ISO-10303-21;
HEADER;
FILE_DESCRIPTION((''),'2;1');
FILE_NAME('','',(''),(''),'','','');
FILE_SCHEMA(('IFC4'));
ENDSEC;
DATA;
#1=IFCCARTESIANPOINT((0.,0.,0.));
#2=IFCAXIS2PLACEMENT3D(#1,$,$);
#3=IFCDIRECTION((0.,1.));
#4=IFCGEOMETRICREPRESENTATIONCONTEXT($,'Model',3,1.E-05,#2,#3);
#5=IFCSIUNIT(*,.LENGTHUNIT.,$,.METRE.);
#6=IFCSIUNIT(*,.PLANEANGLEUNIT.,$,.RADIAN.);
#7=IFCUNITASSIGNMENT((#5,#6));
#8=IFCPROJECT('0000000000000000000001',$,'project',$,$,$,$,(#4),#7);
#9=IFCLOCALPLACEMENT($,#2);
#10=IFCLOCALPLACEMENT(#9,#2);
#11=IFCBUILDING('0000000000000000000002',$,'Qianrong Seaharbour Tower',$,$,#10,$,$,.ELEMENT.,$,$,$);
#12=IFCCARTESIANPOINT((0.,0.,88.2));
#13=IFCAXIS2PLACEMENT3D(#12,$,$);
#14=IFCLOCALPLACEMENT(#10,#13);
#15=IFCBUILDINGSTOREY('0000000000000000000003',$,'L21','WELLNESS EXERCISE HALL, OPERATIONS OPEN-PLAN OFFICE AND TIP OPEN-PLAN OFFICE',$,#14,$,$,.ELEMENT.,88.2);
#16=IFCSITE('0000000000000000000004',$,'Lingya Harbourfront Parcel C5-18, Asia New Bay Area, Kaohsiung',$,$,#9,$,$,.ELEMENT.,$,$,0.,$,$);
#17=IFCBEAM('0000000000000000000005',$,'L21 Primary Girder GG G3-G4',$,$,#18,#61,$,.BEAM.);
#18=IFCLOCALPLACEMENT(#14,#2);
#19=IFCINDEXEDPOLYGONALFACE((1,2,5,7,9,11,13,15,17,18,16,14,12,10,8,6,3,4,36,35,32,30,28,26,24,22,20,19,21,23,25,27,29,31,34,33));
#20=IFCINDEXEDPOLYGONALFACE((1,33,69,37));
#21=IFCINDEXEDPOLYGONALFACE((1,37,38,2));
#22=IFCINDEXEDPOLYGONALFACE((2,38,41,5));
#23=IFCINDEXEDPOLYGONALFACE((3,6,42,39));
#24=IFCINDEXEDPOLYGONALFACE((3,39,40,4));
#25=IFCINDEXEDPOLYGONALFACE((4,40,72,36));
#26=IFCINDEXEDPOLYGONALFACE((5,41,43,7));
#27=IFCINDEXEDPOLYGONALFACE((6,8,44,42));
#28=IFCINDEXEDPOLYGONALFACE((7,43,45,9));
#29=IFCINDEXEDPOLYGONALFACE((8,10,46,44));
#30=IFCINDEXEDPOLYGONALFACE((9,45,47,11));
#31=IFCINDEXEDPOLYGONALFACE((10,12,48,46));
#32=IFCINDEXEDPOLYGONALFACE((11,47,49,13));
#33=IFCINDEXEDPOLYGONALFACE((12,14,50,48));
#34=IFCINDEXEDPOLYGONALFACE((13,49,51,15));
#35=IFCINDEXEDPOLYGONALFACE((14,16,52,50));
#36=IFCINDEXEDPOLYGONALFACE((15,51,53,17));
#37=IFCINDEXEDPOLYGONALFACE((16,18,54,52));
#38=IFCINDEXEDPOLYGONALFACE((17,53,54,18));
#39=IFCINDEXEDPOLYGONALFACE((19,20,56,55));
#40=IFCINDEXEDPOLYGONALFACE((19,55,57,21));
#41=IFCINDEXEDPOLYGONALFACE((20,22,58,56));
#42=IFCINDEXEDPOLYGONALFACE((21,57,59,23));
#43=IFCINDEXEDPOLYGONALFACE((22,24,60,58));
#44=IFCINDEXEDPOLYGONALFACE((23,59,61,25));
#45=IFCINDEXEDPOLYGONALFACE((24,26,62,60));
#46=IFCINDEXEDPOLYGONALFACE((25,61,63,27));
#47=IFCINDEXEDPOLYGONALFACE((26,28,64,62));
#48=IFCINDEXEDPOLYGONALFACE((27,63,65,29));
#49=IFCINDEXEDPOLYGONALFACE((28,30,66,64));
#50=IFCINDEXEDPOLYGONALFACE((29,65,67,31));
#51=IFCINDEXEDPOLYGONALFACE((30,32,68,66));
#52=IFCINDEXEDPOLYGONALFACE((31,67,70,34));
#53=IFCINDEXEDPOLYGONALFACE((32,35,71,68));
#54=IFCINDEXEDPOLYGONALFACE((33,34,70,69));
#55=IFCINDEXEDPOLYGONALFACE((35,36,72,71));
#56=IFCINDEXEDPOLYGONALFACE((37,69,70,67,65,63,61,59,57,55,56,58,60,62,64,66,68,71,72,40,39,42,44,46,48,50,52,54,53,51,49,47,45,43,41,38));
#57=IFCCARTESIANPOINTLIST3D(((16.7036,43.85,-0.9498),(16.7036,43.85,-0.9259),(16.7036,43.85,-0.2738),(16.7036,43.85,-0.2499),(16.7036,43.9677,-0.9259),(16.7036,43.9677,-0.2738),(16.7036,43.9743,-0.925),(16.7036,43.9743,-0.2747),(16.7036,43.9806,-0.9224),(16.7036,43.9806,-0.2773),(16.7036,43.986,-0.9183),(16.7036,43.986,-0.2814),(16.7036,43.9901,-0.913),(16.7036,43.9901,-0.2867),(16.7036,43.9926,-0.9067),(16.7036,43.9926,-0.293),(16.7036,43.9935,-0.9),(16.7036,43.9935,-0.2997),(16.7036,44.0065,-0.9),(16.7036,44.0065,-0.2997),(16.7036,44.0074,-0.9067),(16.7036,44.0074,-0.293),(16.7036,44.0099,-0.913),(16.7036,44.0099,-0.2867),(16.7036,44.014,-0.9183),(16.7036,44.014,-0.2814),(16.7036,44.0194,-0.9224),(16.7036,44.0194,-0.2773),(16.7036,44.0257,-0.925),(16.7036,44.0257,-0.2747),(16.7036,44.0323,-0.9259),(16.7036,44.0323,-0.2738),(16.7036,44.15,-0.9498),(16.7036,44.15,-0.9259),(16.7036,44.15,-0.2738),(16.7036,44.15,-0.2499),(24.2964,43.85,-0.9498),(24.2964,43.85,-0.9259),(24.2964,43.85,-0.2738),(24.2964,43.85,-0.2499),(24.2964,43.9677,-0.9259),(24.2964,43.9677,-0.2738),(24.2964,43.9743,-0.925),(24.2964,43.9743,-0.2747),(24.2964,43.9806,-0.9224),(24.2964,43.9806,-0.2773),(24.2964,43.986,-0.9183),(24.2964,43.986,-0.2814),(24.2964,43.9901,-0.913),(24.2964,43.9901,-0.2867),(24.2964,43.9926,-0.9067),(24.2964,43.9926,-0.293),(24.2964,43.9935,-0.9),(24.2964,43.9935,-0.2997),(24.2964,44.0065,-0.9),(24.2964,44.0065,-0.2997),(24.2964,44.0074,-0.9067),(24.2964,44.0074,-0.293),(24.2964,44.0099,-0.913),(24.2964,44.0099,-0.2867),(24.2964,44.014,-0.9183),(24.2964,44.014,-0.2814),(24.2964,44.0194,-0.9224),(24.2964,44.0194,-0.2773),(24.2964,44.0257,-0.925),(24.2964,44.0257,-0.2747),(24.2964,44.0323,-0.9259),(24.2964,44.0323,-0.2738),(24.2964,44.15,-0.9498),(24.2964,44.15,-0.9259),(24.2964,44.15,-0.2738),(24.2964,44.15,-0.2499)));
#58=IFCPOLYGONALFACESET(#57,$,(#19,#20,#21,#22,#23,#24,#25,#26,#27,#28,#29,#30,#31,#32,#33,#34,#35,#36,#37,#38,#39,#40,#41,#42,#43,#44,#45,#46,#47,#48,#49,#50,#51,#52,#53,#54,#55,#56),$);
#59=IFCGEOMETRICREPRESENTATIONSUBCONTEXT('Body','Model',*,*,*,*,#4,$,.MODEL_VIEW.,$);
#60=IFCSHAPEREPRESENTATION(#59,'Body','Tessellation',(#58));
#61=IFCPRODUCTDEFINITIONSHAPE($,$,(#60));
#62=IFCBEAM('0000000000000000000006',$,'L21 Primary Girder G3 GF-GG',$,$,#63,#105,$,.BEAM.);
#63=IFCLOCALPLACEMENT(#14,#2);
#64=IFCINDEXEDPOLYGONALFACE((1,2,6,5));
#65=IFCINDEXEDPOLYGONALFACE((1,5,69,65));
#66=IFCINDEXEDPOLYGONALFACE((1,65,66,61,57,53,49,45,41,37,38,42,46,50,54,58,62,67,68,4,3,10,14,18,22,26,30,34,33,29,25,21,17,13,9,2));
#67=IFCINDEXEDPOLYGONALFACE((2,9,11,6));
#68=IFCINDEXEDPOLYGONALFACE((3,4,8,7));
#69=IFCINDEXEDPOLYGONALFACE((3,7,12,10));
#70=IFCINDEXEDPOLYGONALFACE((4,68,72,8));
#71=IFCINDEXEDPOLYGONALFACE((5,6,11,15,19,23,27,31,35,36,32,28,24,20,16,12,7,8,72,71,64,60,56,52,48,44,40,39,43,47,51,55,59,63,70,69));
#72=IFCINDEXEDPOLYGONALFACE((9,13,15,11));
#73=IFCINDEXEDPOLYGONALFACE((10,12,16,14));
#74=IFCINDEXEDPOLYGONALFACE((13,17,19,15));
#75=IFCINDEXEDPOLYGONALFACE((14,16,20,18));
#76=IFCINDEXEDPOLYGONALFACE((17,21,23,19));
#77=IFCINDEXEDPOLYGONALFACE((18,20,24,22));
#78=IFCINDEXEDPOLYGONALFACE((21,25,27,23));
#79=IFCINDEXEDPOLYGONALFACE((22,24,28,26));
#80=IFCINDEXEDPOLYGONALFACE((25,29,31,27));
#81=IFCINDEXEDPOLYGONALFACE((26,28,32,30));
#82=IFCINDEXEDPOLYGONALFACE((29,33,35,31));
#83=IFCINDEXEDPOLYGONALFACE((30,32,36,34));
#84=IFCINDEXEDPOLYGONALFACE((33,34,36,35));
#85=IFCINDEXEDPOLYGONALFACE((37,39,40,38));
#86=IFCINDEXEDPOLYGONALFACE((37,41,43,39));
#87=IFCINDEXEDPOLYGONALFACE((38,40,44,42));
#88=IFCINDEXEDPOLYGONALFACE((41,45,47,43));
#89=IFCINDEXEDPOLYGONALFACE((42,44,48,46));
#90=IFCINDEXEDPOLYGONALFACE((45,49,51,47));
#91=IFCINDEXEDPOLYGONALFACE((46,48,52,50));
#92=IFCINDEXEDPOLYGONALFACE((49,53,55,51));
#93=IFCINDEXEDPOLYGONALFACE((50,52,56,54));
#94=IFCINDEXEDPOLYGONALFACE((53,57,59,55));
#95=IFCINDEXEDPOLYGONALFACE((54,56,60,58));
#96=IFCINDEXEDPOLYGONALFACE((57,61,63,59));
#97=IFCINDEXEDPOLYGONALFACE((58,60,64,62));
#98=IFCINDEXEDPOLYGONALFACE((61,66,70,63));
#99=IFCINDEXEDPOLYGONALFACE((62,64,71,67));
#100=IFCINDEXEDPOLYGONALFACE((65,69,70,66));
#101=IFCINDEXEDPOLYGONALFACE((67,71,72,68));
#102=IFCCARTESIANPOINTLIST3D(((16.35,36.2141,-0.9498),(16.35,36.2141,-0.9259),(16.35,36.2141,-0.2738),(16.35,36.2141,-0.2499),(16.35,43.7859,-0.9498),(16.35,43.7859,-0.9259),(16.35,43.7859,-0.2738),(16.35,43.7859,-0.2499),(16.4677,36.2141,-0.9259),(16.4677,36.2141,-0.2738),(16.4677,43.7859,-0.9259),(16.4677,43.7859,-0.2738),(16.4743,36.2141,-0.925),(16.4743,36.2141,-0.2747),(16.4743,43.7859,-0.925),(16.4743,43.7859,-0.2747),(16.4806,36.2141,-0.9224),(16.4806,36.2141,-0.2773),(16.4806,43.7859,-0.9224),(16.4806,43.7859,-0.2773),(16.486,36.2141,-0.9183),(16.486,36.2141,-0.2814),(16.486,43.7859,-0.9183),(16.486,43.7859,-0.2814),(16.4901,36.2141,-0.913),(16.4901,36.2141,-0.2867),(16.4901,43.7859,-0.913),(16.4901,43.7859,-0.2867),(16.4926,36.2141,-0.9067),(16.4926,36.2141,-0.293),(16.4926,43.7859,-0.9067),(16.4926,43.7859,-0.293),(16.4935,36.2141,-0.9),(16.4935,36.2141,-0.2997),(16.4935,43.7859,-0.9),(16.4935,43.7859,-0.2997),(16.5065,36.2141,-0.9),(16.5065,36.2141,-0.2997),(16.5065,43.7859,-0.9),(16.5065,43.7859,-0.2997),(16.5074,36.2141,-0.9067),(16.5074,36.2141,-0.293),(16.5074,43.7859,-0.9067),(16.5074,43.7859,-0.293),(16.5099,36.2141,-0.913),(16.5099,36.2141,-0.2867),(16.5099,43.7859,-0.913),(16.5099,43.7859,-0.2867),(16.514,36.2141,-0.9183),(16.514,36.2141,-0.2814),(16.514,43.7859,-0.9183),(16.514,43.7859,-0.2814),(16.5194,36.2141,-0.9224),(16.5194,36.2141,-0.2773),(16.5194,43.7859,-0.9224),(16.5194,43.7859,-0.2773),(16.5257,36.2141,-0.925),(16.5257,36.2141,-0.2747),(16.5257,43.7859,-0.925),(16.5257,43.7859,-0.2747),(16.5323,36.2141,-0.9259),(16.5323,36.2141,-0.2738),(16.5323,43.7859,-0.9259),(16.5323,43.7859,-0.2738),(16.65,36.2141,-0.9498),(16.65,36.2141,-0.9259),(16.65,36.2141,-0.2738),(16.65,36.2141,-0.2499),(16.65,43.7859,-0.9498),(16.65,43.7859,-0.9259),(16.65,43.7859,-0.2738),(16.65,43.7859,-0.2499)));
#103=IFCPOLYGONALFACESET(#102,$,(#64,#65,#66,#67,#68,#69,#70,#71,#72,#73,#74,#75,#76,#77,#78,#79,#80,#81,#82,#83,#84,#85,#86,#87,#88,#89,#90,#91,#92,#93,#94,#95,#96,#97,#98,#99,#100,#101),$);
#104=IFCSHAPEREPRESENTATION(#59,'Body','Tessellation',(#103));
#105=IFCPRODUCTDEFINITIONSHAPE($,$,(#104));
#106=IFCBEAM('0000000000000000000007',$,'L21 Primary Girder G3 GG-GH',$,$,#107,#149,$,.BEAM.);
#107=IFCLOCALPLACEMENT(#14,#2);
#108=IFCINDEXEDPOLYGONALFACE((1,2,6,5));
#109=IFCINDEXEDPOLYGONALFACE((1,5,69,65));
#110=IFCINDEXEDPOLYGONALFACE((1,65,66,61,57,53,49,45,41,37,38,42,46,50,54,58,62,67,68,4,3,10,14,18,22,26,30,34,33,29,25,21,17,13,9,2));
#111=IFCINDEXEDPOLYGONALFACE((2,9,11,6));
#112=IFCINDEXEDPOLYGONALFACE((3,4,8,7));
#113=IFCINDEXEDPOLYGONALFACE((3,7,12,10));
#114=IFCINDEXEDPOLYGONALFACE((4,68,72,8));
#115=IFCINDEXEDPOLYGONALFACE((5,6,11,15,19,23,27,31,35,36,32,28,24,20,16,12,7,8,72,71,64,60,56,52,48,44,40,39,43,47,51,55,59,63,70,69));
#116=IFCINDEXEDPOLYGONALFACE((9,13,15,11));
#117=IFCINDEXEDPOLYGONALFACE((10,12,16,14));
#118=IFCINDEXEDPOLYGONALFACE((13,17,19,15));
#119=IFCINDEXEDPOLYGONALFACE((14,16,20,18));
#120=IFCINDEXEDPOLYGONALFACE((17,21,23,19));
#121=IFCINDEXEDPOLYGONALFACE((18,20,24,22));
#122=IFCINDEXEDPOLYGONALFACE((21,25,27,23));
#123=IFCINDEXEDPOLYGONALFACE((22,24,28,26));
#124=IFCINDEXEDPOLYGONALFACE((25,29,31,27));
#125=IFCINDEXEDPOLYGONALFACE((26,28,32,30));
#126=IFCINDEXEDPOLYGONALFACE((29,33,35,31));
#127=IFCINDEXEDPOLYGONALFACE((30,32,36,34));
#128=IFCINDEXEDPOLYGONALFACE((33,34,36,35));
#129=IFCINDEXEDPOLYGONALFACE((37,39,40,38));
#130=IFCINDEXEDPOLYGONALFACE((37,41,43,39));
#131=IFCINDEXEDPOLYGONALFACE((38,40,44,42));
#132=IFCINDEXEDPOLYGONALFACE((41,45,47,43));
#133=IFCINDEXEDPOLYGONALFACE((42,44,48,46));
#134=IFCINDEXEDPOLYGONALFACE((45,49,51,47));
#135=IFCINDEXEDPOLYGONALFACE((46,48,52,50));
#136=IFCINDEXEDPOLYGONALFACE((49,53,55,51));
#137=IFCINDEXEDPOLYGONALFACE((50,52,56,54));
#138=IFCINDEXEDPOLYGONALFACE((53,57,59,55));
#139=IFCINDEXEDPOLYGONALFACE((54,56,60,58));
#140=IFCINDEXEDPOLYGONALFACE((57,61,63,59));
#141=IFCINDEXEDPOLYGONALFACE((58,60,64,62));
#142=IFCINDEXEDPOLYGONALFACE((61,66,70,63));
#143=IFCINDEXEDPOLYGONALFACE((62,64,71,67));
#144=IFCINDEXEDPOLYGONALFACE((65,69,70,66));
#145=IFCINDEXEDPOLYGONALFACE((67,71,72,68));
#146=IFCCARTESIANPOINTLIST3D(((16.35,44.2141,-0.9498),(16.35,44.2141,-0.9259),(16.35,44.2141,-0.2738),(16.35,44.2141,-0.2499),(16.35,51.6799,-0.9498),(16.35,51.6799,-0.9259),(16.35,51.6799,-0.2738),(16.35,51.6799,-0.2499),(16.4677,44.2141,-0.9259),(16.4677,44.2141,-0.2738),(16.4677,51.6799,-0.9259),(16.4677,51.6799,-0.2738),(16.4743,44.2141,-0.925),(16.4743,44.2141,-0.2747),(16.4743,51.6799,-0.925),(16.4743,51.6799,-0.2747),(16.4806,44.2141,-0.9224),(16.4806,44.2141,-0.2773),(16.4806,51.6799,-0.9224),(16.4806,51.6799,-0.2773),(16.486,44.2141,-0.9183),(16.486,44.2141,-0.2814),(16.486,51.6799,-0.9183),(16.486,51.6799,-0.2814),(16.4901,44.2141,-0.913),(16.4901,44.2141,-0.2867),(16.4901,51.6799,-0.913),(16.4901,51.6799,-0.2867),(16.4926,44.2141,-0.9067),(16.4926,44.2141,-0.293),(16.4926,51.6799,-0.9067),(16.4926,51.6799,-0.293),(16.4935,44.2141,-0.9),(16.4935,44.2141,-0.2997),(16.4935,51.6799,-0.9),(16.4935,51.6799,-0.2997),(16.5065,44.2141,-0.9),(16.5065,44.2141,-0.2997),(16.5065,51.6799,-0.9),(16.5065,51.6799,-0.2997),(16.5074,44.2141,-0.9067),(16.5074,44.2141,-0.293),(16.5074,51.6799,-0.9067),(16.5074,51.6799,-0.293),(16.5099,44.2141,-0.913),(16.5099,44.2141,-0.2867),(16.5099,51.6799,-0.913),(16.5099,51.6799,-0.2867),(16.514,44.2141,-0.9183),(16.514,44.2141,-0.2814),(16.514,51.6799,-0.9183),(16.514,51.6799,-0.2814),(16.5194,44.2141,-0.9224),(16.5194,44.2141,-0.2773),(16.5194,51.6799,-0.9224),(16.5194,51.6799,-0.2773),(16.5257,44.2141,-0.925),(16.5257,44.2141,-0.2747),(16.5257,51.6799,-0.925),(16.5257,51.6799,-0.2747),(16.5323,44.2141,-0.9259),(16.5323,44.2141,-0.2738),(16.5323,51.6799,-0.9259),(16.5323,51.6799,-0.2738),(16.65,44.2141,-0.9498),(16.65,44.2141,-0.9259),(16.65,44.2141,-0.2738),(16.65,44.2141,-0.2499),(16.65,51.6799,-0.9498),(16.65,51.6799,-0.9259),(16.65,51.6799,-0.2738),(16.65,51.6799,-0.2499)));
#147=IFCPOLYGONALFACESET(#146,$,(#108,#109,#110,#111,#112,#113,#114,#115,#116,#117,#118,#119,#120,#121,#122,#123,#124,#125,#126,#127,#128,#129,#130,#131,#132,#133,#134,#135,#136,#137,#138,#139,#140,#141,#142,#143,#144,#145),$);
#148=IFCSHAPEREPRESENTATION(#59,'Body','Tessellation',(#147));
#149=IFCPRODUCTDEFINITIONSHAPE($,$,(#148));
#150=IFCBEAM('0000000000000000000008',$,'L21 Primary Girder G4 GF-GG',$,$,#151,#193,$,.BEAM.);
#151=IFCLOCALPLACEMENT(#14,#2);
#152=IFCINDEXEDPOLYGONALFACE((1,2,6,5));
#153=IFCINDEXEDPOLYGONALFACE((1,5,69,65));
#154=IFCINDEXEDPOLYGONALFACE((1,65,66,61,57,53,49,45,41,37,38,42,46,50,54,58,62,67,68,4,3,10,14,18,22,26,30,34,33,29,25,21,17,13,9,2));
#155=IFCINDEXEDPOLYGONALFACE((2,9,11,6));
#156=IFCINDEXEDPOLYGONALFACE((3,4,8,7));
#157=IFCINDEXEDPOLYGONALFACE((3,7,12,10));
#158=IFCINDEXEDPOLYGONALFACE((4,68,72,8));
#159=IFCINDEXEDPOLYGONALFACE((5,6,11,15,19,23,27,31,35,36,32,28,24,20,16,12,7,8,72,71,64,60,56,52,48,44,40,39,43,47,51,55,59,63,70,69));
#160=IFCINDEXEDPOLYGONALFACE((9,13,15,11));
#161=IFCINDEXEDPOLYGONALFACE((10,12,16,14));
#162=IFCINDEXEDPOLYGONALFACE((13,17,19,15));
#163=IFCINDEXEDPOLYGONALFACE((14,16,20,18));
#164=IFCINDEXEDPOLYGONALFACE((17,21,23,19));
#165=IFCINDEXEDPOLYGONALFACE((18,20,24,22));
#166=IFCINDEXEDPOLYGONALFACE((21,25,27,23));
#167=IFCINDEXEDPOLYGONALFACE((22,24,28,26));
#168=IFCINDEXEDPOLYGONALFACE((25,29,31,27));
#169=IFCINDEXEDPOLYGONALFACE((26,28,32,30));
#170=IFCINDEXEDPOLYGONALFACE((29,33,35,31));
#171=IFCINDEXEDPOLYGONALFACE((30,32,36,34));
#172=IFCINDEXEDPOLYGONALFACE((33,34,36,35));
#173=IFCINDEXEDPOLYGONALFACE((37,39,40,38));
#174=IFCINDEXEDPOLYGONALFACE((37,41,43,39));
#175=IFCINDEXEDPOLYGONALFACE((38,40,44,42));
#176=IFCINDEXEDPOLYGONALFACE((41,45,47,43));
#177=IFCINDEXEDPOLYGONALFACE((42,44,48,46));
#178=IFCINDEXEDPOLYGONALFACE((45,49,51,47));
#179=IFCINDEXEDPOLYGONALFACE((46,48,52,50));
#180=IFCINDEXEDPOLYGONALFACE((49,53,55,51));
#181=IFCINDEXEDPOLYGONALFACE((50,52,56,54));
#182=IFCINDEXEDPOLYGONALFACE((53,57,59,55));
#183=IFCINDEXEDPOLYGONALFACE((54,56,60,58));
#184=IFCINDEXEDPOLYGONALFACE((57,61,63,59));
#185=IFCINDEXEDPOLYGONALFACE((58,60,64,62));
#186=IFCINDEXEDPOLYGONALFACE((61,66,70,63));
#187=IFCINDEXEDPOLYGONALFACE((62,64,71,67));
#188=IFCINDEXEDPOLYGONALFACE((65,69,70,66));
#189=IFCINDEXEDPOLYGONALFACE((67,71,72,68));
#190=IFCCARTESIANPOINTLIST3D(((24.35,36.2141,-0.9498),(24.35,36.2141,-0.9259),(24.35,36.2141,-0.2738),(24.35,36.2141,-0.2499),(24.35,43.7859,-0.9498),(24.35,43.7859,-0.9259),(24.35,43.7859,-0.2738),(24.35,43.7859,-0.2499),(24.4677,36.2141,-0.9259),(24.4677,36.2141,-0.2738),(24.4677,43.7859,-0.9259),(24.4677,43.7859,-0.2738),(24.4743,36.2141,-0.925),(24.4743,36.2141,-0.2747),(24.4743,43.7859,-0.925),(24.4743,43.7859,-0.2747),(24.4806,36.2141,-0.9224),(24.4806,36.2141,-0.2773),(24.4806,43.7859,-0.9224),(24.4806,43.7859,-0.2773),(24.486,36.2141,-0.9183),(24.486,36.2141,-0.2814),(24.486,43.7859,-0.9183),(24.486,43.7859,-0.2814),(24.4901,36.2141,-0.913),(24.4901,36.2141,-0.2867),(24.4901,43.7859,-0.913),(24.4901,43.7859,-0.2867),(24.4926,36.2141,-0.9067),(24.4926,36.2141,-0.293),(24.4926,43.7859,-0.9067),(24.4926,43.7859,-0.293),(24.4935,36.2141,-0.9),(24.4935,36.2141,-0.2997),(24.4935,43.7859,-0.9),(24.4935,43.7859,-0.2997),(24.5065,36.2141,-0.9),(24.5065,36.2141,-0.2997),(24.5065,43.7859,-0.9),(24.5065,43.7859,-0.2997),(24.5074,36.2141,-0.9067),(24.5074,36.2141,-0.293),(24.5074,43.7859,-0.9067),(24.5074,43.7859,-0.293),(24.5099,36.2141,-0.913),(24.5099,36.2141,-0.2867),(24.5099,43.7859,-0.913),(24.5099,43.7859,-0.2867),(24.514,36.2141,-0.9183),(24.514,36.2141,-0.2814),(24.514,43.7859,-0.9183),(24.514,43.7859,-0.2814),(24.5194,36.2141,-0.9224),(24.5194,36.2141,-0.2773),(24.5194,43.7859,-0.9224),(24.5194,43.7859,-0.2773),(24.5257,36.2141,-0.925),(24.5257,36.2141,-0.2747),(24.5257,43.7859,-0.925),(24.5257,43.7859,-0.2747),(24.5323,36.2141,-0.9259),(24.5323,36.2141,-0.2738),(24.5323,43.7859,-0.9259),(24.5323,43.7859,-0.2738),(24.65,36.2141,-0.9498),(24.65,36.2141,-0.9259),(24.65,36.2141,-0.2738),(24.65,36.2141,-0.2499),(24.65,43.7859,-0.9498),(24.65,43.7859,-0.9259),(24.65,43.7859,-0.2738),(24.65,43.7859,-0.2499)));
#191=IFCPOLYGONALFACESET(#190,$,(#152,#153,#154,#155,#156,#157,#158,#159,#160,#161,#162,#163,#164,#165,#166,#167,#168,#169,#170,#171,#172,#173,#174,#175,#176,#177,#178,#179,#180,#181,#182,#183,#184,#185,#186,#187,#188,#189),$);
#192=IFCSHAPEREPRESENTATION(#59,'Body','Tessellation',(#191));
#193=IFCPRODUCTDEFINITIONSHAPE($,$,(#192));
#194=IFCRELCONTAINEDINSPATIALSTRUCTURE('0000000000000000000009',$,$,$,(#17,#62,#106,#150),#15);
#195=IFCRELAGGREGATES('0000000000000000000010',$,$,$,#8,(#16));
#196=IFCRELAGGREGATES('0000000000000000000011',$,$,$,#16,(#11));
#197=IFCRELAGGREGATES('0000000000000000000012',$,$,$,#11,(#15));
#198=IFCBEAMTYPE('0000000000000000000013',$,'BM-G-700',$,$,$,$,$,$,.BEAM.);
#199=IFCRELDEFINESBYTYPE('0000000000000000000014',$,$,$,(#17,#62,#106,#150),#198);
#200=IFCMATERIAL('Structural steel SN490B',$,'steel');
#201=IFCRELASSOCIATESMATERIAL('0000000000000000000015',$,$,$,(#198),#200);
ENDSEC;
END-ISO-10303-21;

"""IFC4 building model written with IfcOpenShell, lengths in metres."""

from ifc_helpers import new_model, si_unit, direction, frame, origin, origin_2d, place, context, subcontext, project, spatial, i_section, extrude, material, material_profile, profile_set, type_object, element, save


model = new_model("IFC4")

# Units and contexts
model_context = context("Model", 3, precision=1e-05, world=origin(), true_north=direction((0.0, 1.0)))
body_context = subcontext(model_context, "Body", "Model", "MODEL_VIEW")
ifc_project = project(units=[si_unit("LENGTHUNIT", "METRE"), si_unit("PLANEANGLEUNIT", "RADIAN")], contexts=[model_context])

# Site, building, storey
site_placement = place(None, origin())
site = spatial("IfcSite", under=ifc_project, at=site_placement, Name="Lingya Harbourfront Parcel C5-18, Asia New Bay Area, Kaohsiung", CompositionType="ELEMENT", RefElevation=0.0)
building_placement = place(site_placement, origin())
building = spatial("IfcBuilding", under=site, at=building_placement, Name="Qianrong Seaharbour Tower", CompositionType="ELEMENT")
storey_placement = place(building_placement, frame((0.0, 0.0, 88.2)))
storey = spatial("IfcBuildingStorey", under=building, at=storey_placement, Name="L21", Description="WELLNESS EXERCISE HALL, OPERATIONS OPEN-PLAN OFFICE AND TIP OPEN-PLAN OFFICE", CompositionType="ELEMENT", Elevation=88.2)

# Shared definitions
ifc_material_1 = material(Name="Structural steel SN490B", Category="steel")

# Beams
ifc_material_profile_1 = material_profile(ifc_material_1, i_section(OverallWidth=0.3, OverallDepth=0.7, WebThickness=0.0129, FlangeThickness=0.0239, FilletRadius=0.0259, at=origin_2d()), Name="H700x300x13x24")
ifc_profile_set_1 = profile_set([ifc_material_profile_1], Name="Structural steel SN490B")
beam_type_1 = type_object("IfcBeamType", Name="BM-G-700", PredefinedType="BEAM", material=ifc_profile_set_1)
beam_1_placement = place(storey_placement, frame((16.7036, 44.0, -0.5999), z_axis=(1.0, 0.0, 0.0), x_axis=(0.0, 1.0, 0.0)))
element("IfcBeam", 1, at=beam_1_placement, inside=storey, type_object=beam_type_1, Name="L21 Primary Girder GG G3-G4", PredefinedType="BEAM", context=body_context, shape_type="SweptSolid", body=[
    extrude(i_section(OverallWidth=0.3, OverallDepth=0.7, WebThickness=0.0129, FlangeThickness=0.0239, FilletRadius=0.0259, at=origin_2d()), origin(), (0.0, 0.0, 1.0), 7.5928),
])
beam_2_placement = place(storey_placement, frame((16.5, 36.2141, -0.5999), z_axis=(0.0, 1.0, 0.0), x_axis=(-1.0, 0.0, 0.0)))
element("IfcBeam", 2, at=beam_2_placement, inside=storey, type_object=beam_type_1, Name="L21 Primary Girder G3 GF-GG", PredefinedType="BEAM", context=body_context, shape_type="SweptSolid", body=[
    extrude(i_section(OverallWidth=0.3, OverallDepth=0.7, WebThickness=0.0129, FlangeThickness=0.0239, FilletRadius=0.0259, at=origin_2d()), origin(), (0.0, 0.0, 1.0), 7.5718),
])
beam_3_placement = place(storey_placement, frame((16.5, 44.2141, -0.5999), z_axis=(0.0, 1.0, 0.0), x_axis=(-1.0, 0.0, 0.0)))
element("IfcBeam", 3, at=beam_3_placement, inside=storey, type_object=beam_type_1, Name="L21 Primary Girder G3 GG-GH", PredefinedType="BEAM", context=body_context, shape_type="SweptSolid", body=[
    extrude(i_section(OverallWidth=0.3, OverallDepth=0.7, WebThickness=0.0129, FlangeThickness=0.0239, FilletRadius=0.0259, at=origin_2d()), origin(), (0.0, 0.0, 1.0), 7.4658),
])
beam_4_placement = place(storey_placement, frame((24.5, 36.2141, -0.5999), z_axis=(0.0, 1.0, 0.0), x_axis=(-1.0, 0.0, 0.0)))
element("IfcBeam", 4, at=beam_4_placement, inside=storey, type_object=beam_type_1, Name="L21 Primary Girder G4 GF-GG", PredefinedType="BEAM", context=body_context, shape_type="SweptSolid", body=[
    extrude(i_section(OverallWidth=0.3, OverallDepth=0.7, WebThickness=0.0129, FlangeThickness=0.0239, FilletRadius=0.0259, at=origin_2d()), origin(), (0.0, 0.0, 1.0), 7.5718),
])

save(model, "model.ifc")
